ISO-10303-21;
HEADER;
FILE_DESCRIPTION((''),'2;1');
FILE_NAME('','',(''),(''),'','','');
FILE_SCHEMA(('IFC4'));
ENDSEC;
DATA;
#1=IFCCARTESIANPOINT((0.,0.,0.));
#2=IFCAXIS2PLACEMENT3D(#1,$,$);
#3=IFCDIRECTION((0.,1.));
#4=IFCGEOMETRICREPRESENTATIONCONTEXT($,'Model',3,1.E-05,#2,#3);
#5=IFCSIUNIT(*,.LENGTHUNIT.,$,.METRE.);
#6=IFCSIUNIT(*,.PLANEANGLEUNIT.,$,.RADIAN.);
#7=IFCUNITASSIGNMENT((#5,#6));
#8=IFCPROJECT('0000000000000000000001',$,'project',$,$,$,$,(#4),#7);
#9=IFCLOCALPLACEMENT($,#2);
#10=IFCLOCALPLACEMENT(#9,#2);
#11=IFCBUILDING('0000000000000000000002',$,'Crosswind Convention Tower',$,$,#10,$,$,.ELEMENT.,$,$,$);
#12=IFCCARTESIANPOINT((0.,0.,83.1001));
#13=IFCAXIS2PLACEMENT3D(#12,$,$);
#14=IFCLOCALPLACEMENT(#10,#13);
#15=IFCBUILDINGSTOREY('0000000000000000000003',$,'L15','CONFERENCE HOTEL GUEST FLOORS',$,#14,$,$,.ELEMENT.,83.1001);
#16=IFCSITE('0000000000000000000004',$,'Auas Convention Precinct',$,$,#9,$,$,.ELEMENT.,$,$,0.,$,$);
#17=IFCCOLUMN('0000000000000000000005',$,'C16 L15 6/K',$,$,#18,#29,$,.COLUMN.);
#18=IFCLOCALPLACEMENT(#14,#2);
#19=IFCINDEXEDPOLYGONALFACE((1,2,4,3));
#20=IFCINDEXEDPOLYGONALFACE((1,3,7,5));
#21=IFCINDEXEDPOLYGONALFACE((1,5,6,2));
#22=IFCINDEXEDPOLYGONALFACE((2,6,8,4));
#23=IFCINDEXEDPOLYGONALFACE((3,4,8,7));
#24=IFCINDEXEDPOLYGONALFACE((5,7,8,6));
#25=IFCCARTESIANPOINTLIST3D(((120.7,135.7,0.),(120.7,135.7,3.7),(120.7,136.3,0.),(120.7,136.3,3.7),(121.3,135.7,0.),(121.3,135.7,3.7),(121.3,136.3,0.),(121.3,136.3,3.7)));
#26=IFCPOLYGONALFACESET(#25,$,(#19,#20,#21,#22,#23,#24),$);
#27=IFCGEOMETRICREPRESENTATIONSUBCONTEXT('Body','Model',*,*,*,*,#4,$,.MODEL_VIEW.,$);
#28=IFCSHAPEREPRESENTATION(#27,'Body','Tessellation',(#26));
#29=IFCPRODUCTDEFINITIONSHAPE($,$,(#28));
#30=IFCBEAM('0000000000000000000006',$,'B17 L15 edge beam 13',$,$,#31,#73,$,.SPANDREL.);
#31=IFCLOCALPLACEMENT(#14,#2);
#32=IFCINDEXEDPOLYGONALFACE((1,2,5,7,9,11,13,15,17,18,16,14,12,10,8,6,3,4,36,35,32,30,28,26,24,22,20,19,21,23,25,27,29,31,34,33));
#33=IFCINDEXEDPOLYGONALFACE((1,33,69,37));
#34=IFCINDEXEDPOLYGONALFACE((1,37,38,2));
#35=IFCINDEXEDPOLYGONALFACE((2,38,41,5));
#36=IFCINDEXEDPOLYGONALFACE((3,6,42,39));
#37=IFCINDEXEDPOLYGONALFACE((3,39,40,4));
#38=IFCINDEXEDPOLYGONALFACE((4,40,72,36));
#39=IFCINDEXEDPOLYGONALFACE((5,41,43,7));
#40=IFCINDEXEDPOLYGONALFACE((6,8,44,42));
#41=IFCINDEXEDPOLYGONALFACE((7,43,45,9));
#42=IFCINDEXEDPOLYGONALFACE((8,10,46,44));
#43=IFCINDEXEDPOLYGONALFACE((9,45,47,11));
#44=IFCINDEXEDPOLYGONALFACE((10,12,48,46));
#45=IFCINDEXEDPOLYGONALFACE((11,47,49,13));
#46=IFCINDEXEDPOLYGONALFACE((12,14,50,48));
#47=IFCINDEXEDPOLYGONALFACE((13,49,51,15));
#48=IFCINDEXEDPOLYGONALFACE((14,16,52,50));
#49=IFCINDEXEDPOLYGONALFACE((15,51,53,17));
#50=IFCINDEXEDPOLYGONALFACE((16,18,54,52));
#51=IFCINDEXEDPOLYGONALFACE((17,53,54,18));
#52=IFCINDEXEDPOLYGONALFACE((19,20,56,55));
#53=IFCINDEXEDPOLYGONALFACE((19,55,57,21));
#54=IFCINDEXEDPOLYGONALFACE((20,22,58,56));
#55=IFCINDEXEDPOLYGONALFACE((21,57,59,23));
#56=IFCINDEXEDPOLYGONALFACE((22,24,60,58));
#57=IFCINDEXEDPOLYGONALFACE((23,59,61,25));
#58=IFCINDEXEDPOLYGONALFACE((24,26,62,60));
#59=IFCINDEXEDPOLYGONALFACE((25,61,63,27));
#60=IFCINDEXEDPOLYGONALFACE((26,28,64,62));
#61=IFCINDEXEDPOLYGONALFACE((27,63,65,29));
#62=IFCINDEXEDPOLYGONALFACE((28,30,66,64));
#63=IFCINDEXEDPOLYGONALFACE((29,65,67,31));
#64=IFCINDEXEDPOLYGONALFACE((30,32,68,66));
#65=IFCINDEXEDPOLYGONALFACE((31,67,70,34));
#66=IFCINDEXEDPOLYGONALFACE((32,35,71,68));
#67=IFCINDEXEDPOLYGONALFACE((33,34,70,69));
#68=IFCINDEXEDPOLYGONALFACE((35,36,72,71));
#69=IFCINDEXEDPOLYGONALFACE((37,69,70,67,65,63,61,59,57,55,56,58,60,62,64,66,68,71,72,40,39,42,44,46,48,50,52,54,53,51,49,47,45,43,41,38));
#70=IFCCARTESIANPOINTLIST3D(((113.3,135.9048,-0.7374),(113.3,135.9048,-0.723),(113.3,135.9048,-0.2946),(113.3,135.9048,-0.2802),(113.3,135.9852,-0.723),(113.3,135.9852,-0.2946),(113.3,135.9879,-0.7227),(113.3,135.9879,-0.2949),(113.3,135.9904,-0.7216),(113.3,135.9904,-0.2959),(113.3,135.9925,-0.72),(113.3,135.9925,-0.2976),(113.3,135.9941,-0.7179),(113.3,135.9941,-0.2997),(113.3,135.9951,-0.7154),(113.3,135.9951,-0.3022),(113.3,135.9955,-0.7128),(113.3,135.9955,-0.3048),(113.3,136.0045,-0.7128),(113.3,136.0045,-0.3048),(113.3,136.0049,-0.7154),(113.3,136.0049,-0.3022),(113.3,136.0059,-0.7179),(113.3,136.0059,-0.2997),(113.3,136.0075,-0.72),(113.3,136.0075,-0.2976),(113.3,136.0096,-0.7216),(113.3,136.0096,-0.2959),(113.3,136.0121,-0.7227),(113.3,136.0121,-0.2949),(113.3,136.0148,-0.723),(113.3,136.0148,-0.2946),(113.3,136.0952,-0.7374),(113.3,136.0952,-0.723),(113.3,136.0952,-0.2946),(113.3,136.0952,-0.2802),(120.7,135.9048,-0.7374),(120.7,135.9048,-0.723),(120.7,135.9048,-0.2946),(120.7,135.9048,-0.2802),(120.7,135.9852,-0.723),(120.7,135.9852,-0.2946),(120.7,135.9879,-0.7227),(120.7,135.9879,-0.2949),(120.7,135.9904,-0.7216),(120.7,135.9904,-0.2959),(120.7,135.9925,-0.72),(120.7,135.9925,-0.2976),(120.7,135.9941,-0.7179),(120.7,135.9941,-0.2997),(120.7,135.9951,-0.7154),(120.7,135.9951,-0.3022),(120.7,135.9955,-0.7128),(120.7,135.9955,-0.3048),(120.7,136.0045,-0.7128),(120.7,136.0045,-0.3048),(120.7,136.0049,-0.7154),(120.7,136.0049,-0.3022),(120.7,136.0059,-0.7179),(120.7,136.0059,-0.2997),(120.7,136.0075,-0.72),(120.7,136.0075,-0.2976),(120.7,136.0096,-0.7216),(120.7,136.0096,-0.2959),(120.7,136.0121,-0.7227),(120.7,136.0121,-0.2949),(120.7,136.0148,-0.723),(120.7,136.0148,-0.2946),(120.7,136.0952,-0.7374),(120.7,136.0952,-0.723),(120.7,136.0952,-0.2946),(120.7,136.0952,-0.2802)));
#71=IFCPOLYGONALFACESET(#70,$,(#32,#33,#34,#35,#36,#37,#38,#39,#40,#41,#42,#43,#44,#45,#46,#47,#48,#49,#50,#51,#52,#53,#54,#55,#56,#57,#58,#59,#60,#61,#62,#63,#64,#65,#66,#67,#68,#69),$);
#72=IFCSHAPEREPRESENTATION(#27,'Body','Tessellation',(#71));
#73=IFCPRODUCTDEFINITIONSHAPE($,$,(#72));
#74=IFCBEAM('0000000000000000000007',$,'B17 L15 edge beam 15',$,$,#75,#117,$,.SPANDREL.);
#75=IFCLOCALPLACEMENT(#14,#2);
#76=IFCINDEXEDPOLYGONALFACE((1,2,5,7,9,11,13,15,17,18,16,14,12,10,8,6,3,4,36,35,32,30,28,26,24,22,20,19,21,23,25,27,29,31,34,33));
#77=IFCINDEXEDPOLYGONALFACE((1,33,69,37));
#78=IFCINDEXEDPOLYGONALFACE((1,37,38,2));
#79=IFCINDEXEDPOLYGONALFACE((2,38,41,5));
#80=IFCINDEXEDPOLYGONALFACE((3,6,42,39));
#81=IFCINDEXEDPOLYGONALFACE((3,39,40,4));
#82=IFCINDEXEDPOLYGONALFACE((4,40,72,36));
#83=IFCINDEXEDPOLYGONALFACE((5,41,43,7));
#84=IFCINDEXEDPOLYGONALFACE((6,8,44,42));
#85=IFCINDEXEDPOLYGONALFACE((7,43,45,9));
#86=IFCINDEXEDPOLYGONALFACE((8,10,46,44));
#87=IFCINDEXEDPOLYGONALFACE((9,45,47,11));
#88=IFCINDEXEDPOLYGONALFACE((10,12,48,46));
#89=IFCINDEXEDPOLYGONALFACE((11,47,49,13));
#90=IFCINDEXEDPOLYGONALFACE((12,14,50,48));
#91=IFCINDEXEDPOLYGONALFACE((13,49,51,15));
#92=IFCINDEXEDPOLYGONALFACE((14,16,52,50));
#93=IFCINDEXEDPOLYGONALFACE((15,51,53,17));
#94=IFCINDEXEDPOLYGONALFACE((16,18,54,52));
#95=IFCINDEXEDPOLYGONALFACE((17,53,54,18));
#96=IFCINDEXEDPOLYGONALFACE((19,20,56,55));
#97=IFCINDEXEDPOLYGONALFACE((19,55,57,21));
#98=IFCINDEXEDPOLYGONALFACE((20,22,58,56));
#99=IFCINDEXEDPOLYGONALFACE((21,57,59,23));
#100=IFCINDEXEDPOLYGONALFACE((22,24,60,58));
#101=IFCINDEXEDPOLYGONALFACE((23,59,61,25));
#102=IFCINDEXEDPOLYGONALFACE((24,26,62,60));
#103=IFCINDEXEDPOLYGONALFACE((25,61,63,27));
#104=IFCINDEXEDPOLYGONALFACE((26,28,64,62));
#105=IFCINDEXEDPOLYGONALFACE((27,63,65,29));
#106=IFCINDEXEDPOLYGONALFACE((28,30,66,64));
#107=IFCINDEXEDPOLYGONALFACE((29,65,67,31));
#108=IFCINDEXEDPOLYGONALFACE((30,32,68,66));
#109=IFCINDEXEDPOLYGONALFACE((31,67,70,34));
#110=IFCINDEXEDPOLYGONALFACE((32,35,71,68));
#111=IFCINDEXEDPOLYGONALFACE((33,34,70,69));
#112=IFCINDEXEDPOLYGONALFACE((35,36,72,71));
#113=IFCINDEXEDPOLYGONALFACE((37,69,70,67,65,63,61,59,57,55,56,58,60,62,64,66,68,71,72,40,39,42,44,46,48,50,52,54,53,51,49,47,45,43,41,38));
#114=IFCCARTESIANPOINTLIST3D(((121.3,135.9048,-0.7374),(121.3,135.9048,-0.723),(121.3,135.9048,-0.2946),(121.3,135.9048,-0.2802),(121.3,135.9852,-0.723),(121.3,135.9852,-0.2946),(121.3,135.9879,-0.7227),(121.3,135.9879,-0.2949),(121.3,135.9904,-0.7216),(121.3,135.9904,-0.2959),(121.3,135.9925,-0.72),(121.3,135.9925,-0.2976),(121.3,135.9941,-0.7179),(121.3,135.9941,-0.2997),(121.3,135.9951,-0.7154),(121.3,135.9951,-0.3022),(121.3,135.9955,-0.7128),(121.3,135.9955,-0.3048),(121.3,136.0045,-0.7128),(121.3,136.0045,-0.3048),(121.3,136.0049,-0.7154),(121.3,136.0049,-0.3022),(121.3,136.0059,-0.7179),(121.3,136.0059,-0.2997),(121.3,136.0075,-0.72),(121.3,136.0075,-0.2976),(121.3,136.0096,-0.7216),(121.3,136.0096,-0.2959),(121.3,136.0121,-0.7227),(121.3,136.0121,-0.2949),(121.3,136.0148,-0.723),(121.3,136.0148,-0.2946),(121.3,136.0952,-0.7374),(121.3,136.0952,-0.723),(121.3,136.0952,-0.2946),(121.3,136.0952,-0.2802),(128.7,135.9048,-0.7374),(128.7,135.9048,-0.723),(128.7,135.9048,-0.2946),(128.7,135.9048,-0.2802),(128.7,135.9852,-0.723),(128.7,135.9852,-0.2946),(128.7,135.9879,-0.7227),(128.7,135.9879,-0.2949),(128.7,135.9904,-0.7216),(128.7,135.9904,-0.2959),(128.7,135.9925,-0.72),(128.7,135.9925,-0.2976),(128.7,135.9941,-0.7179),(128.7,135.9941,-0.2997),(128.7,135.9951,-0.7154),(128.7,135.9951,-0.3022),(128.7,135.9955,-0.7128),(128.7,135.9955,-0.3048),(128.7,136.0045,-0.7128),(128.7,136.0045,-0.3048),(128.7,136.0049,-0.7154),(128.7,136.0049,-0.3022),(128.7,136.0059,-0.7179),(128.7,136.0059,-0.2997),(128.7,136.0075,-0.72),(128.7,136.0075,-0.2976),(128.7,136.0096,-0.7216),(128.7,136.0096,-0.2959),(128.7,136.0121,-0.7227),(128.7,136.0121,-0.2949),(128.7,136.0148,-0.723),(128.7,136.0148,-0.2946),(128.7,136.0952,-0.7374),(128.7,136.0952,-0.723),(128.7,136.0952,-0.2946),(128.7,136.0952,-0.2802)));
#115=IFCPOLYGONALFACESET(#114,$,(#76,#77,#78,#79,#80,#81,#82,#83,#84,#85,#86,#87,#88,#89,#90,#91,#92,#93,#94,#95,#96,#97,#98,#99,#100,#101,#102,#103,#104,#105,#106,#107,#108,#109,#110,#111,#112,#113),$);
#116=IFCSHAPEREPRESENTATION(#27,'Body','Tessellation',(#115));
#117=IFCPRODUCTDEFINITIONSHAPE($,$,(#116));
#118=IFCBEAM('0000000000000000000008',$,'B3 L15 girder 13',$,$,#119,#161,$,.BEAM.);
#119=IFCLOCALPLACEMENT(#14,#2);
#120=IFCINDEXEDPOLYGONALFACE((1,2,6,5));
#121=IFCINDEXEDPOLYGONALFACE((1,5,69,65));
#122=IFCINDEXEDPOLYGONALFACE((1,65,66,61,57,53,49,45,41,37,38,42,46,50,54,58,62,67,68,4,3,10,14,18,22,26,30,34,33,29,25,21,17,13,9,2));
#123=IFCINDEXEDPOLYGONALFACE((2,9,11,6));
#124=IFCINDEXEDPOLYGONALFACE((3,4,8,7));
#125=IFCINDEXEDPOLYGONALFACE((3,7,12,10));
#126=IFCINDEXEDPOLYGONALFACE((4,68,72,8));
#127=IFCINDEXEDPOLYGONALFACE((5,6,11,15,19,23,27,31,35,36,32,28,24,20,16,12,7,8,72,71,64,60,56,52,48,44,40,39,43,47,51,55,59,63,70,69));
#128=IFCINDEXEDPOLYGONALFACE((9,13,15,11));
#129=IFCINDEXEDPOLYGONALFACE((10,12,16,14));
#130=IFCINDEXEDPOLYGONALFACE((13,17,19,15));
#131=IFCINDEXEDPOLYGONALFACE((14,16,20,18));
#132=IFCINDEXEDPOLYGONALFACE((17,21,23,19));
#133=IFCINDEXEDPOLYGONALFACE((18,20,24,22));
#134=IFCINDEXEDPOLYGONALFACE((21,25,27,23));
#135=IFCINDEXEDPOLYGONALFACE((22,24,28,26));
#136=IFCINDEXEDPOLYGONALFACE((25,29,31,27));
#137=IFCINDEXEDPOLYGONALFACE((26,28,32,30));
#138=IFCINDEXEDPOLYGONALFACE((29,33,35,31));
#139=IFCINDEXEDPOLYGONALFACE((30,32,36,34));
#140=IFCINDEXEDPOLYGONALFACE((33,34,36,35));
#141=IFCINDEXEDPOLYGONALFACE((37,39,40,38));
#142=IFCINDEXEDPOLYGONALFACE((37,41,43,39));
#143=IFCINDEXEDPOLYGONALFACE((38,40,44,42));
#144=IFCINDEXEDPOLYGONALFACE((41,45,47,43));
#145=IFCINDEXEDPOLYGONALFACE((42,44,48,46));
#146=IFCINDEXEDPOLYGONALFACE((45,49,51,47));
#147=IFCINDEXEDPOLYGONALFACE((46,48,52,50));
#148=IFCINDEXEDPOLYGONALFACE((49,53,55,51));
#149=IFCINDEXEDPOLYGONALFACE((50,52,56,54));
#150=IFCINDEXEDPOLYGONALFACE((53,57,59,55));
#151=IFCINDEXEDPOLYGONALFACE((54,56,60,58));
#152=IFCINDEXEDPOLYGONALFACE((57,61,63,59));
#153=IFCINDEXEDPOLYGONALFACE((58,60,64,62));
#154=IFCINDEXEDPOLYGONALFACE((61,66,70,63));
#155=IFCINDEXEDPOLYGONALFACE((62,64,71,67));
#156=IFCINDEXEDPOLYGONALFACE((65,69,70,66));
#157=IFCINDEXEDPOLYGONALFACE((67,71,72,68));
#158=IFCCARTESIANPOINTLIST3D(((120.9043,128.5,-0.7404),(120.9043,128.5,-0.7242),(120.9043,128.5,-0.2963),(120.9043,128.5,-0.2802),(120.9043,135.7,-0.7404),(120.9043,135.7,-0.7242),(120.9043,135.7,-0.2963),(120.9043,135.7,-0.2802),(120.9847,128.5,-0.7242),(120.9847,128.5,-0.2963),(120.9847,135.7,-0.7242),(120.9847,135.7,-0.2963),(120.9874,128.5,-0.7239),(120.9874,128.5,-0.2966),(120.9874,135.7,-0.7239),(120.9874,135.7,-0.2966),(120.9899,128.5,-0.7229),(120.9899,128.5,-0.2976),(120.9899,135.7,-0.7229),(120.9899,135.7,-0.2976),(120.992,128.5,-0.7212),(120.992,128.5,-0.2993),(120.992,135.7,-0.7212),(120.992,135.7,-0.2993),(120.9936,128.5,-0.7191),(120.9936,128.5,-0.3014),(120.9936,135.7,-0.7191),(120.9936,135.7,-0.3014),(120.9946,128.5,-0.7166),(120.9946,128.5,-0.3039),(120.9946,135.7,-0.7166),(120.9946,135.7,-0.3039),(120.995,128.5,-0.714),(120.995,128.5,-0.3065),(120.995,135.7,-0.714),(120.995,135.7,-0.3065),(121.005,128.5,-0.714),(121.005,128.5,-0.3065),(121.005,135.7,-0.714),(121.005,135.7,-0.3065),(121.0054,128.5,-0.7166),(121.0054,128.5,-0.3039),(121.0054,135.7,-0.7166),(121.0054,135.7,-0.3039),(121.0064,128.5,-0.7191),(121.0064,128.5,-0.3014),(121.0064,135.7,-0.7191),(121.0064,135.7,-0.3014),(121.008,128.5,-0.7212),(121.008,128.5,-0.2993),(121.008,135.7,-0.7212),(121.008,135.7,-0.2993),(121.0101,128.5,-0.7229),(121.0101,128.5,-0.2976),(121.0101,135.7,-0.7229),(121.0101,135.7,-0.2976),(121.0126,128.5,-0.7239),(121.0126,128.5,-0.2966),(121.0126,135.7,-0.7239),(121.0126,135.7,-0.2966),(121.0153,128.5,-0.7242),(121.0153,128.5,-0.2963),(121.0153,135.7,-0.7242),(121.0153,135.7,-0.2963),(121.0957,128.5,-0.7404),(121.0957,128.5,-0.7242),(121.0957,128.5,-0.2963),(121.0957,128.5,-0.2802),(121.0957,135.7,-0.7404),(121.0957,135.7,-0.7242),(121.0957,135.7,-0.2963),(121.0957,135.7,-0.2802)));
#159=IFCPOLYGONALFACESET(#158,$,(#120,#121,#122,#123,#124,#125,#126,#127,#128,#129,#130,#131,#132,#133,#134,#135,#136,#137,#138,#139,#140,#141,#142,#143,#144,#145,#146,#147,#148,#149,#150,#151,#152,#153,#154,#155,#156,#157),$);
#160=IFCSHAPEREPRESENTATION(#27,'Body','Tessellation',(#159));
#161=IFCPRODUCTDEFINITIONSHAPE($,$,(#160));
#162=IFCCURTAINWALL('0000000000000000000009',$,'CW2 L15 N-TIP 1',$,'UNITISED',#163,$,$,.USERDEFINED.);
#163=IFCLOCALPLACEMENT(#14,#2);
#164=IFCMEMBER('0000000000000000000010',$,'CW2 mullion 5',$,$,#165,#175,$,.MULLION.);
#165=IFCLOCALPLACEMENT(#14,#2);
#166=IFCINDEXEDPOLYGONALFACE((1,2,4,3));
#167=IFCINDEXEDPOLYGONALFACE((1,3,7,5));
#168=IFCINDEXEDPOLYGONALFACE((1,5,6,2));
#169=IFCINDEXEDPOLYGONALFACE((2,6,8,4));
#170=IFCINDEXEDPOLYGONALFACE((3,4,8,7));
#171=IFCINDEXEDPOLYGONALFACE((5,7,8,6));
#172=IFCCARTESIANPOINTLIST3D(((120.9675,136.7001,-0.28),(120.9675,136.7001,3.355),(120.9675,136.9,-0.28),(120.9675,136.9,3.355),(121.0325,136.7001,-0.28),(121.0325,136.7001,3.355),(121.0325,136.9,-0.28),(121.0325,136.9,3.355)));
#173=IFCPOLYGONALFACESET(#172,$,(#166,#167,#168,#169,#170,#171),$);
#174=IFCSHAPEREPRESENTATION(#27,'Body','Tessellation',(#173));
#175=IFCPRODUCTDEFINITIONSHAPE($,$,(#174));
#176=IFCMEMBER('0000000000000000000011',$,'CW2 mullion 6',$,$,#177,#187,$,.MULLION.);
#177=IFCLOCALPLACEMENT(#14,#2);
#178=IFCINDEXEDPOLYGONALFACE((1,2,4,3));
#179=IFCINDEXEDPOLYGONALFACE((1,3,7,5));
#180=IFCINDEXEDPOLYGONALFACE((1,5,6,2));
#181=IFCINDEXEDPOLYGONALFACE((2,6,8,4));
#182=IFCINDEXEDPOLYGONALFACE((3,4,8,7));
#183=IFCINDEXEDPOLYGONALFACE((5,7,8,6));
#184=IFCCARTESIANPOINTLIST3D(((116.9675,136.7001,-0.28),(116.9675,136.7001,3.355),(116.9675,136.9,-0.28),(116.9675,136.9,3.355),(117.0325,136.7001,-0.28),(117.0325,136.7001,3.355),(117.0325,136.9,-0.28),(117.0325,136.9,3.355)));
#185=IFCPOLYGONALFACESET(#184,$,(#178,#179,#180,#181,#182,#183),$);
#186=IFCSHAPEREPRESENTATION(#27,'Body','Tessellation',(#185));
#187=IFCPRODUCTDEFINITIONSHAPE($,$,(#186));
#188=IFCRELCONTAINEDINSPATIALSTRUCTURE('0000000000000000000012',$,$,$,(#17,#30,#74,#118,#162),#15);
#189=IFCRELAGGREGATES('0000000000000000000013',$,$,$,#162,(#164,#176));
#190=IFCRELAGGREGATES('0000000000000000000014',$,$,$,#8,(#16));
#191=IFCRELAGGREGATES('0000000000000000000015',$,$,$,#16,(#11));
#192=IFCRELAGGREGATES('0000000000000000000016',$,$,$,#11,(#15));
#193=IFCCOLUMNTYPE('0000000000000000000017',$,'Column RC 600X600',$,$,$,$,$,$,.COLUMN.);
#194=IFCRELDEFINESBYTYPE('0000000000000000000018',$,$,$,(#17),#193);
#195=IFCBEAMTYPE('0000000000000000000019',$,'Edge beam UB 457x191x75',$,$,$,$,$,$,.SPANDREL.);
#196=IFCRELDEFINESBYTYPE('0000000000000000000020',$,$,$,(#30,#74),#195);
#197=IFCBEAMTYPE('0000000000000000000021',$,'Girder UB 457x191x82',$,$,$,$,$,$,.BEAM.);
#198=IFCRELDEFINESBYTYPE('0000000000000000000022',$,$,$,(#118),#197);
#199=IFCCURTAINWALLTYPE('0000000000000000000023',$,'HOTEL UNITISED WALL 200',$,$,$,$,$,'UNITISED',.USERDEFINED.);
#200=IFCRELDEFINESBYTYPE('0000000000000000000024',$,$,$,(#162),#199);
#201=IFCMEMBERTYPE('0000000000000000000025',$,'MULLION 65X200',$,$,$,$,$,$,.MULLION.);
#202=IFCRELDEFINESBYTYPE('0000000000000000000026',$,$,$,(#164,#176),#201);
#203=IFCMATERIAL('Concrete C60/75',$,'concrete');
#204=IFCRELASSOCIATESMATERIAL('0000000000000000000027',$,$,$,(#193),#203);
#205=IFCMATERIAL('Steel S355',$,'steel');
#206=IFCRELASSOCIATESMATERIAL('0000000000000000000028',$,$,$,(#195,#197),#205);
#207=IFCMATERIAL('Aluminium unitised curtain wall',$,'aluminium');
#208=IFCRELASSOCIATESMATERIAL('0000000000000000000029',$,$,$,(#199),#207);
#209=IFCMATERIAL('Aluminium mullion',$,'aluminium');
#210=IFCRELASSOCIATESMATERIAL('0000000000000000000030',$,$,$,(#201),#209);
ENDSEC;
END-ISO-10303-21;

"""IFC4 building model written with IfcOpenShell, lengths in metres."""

from ifc_helpers import new_model, si_unit, direction, frame, origin, origin_2d, place, context, subcontext, project, spatial, rectangle, i_section, extrude, material, material_profile, profile_set, type_object, element, aggregate, save


model = new_model("IFC4")

# Units and contexts
model_context = context("Model", 3, precision=1e-05, world=origin(), true_north=direction((0.0, 1.0)))
body_context = subcontext(model_context, "Body", "Model", "MODEL_VIEW")
ifc_project = project(units=[si_unit("LENGTHUNIT", "METRE"), si_unit("PLANEANGLEUNIT", "RADIAN")], contexts=[model_context])

# Site, building, storey
site_placement = place(None, origin())
site = spatial("IfcSite", under=ifc_project, at=site_placement, Name="Auas Convention Precinct", CompositionType="ELEMENT", RefElevation=0.0)
building_placement = place(site_placement, origin())
building = spatial("IfcBuilding", under=site, at=building_placement, Name="Crosswind Convention Tower", CompositionType="ELEMENT")
storey_placement = place(building_placement, frame((0.0, 0.0, 83.1001)))
storey = spatial("IfcBuildingStorey", under=building, at=storey_placement, Name="L15", Description="CONFERENCE HOTEL GUEST FLOORS", CompositionType="ELEMENT", Elevation=83.1001)

# Column
ifc_material_1 = material(Name="Concrete C60/75", Category="concrete")
ifc_material_profile_1 = material_profile(ifc_material_1, rectangle(XDim=0.6001, YDim=0.6001, at=origin_2d()), Name="RC 600X600")
ifc_profile_set_1 = profile_set([ifc_material_profile_1], Name="Concrete C60/75")
column_type = type_object("IfcColumnType", Name="Column RC 600X600", PredefinedType="COLUMN", material=ifc_profile_set_1)
column_placement = place(storey_placement, frame((121.0, 136.0, 0.0), z_axis=(0.0, 0.0, 1.0), x_axis=(1.0, 0.0, 0.0)))
element("IfcColumn", 1, at=column_placement, inside=storey, type_object=column_type, Name="C16 L15 6/K", PredefinedType="COLUMN", context=body_context, shape_type="SweptSolid", body=[
    extrude(rectangle(XDim=0.6001, YDim=0.6001, at=origin_2d()), origin(), (0.0, 0.0, 1.0), 3.7),
])

# Beams
ifc_material_2 = material(Name="Steel S355", Category="steel")
ifc_material_profile_2 = material_profile(ifc_material_2, i_section(OverallWidth=0.1904, OverallDepth=0.4573, WebThickness=0.009, FlangeThickness=0.0144, FilletRadius=0.0103, at=origin_2d()), Name="UB 457x191x75")
ifc_profile_set_2 = profile_set([ifc_material_profile_2], Name="Steel S355")
beam_type_1 = type_object("IfcBeamType", Name="Edge beam UB 457x191x75", PredefinedType="SPANDREL", material=ifc_profile_set_2)
for number, where, z_axis, x_axis, name in (
    (2, (113.3, 136.0, -0.5088), (1.0, 0.0, 0.0), (0.0, 1.0, 0.0), "B17 L15 edge beam 13"),
    (3, (121.3, 136.0, -0.5088), (1.0, 0.0, 0.0), (0.0, 1.0, 0.0), "B17 L15 edge beam 15"),
):
    element("IfcBeam", number, at=place(storey_placement, frame(where, z_axis=z_axis, x_axis=x_axis)), inside=storey, type_object=beam_type_1, Name=name, PredefinedType="SPANDREL", context=body_context, shape_type="SweptSolid", body=[
        extrude(i_section(OverallWidth=0.1904, OverallDepth=0.4573, WebThickness=0.009, FlangeThickness=0.0144, FilletRadius=0.0103, at=origin_2d()), origin(), (0.0, 0.0, 1.0), 7.3999),
    ])
ifc_material_profile_3 = material_profile(ifc_material_2, i_section(OverallWidth=0.1914, OverallDepth=0.4602, WebThickness=0.01, FlangeThickness=0.0161, FilletRadius=0.0103, at=origin_2d()), Name="UB 457x191x82")
ifc_profile_set_3 = profile_set([ifc_material_profile_3], Name="Steel S355")
beam_type_2 = type_object("IfcBeamType", Name="Girder UB 457x191x82", PredefinedType="BEAM", material=ifc_profile_set_3)
beam_1_placement = place(storey_placement, frame((121.0, 128.5, -0.5103), z_axis=(0.0, 1.0, 0.0), x_axis=(-1.0, 0.0, 0.0)))
element("IfcBeam", 4, at=beam_1_placement, inside=storey, type_object=beam_type_2, Name="B3 L15 girder 13", PredefinedType="BEAM", context=body_context, shape_type="SweptSolid", body=[
    extrude(i_section(OverallWidth=0.1914, OverallDepth=0.4602, WebThickness=0.01, FlangeThickness=0.0161, FilletRadius=0.0103, at=origin_2d()), origin(), (0.0, 0.0, 1.0), 7.2),
])

# Curtain wall, members
ifc_material_3 = material(Name="Aluminium unitised curtain wall", Category="aluminium")
curtain_wall_type = type_object("IfcCurtainWallType", Name="HOTEL UNITISED WALL 200", ElementType="UNITISED", PredefinedType="USERDEFINED", material=ifc_material_3)
curtain_wall_placement = place(storey_placement, origin())
curtain_wall = element("IfcCurtainWall", 5, at=curtain_wall_placement, inside=storey, type_object=curtain_wall_type, Name="CW2 L15 N-TIP 1", ObjectType="UNITISED", PredefinedType="USERDEFINED")
ifc_material_4 = material(Name="Aluminium mullion", Category="aluminium")
ifc_material_profile_4 = material_profile(ifc_material_4, rectangle(XDim=0.2, YDim=0.0649, at=origin_2d()), Name="AL 200X65")
ifc_profile_set_4 = profile_set([ifc_material_profile_4], Name="Aluminium mullion")
member_type = type_object("IfcMemberType", Name="MULLION 65X200", PredefinedType="MULLION", material=ifc_profile_set_4)
member_1_placement = place(storey_placement, frame((121.0, 136.8, -0.28), z_axis=(0.0, 0.0, 1.0), x_axis=(0.0, 1.0, 0.0)))
member_1 = element("IfcMember", 6, at=member_1_placement, type_object=member_type, Name="CW2 mullion 5", PredefinedType="MULLION", context=body_context, shape_type="SweptSolid", body=[
    extrude(rectangle(XDim=0.2, YDim=0.0649, at=origin_2d()), origin(), (0.0, 0.0, 1.0), 3.635),
])
member_2_placement = place(storey_placement, frame((117.0, 136.8, -0.28), z_axis=(0.0, 0.0, 1.0), x_axis=(0.0, 1.0, 0.0)))
member_2 = element("IfcMember", 7, at=member_2_placement, type_object=member_type, Name="CW2 mullion 6", PredefinedType="MULLION", context=body_context, shape_type="SweptSolid", body=[
    extrude(rectangle(XDim=0.2, YDim=0.0649, at=origin_2d()), origin(), (0.0, 0.0, 1.0), 3.635),
])

aggregate(curtain_wall, [member_1, member_2])

save(model, "model.ifc")
